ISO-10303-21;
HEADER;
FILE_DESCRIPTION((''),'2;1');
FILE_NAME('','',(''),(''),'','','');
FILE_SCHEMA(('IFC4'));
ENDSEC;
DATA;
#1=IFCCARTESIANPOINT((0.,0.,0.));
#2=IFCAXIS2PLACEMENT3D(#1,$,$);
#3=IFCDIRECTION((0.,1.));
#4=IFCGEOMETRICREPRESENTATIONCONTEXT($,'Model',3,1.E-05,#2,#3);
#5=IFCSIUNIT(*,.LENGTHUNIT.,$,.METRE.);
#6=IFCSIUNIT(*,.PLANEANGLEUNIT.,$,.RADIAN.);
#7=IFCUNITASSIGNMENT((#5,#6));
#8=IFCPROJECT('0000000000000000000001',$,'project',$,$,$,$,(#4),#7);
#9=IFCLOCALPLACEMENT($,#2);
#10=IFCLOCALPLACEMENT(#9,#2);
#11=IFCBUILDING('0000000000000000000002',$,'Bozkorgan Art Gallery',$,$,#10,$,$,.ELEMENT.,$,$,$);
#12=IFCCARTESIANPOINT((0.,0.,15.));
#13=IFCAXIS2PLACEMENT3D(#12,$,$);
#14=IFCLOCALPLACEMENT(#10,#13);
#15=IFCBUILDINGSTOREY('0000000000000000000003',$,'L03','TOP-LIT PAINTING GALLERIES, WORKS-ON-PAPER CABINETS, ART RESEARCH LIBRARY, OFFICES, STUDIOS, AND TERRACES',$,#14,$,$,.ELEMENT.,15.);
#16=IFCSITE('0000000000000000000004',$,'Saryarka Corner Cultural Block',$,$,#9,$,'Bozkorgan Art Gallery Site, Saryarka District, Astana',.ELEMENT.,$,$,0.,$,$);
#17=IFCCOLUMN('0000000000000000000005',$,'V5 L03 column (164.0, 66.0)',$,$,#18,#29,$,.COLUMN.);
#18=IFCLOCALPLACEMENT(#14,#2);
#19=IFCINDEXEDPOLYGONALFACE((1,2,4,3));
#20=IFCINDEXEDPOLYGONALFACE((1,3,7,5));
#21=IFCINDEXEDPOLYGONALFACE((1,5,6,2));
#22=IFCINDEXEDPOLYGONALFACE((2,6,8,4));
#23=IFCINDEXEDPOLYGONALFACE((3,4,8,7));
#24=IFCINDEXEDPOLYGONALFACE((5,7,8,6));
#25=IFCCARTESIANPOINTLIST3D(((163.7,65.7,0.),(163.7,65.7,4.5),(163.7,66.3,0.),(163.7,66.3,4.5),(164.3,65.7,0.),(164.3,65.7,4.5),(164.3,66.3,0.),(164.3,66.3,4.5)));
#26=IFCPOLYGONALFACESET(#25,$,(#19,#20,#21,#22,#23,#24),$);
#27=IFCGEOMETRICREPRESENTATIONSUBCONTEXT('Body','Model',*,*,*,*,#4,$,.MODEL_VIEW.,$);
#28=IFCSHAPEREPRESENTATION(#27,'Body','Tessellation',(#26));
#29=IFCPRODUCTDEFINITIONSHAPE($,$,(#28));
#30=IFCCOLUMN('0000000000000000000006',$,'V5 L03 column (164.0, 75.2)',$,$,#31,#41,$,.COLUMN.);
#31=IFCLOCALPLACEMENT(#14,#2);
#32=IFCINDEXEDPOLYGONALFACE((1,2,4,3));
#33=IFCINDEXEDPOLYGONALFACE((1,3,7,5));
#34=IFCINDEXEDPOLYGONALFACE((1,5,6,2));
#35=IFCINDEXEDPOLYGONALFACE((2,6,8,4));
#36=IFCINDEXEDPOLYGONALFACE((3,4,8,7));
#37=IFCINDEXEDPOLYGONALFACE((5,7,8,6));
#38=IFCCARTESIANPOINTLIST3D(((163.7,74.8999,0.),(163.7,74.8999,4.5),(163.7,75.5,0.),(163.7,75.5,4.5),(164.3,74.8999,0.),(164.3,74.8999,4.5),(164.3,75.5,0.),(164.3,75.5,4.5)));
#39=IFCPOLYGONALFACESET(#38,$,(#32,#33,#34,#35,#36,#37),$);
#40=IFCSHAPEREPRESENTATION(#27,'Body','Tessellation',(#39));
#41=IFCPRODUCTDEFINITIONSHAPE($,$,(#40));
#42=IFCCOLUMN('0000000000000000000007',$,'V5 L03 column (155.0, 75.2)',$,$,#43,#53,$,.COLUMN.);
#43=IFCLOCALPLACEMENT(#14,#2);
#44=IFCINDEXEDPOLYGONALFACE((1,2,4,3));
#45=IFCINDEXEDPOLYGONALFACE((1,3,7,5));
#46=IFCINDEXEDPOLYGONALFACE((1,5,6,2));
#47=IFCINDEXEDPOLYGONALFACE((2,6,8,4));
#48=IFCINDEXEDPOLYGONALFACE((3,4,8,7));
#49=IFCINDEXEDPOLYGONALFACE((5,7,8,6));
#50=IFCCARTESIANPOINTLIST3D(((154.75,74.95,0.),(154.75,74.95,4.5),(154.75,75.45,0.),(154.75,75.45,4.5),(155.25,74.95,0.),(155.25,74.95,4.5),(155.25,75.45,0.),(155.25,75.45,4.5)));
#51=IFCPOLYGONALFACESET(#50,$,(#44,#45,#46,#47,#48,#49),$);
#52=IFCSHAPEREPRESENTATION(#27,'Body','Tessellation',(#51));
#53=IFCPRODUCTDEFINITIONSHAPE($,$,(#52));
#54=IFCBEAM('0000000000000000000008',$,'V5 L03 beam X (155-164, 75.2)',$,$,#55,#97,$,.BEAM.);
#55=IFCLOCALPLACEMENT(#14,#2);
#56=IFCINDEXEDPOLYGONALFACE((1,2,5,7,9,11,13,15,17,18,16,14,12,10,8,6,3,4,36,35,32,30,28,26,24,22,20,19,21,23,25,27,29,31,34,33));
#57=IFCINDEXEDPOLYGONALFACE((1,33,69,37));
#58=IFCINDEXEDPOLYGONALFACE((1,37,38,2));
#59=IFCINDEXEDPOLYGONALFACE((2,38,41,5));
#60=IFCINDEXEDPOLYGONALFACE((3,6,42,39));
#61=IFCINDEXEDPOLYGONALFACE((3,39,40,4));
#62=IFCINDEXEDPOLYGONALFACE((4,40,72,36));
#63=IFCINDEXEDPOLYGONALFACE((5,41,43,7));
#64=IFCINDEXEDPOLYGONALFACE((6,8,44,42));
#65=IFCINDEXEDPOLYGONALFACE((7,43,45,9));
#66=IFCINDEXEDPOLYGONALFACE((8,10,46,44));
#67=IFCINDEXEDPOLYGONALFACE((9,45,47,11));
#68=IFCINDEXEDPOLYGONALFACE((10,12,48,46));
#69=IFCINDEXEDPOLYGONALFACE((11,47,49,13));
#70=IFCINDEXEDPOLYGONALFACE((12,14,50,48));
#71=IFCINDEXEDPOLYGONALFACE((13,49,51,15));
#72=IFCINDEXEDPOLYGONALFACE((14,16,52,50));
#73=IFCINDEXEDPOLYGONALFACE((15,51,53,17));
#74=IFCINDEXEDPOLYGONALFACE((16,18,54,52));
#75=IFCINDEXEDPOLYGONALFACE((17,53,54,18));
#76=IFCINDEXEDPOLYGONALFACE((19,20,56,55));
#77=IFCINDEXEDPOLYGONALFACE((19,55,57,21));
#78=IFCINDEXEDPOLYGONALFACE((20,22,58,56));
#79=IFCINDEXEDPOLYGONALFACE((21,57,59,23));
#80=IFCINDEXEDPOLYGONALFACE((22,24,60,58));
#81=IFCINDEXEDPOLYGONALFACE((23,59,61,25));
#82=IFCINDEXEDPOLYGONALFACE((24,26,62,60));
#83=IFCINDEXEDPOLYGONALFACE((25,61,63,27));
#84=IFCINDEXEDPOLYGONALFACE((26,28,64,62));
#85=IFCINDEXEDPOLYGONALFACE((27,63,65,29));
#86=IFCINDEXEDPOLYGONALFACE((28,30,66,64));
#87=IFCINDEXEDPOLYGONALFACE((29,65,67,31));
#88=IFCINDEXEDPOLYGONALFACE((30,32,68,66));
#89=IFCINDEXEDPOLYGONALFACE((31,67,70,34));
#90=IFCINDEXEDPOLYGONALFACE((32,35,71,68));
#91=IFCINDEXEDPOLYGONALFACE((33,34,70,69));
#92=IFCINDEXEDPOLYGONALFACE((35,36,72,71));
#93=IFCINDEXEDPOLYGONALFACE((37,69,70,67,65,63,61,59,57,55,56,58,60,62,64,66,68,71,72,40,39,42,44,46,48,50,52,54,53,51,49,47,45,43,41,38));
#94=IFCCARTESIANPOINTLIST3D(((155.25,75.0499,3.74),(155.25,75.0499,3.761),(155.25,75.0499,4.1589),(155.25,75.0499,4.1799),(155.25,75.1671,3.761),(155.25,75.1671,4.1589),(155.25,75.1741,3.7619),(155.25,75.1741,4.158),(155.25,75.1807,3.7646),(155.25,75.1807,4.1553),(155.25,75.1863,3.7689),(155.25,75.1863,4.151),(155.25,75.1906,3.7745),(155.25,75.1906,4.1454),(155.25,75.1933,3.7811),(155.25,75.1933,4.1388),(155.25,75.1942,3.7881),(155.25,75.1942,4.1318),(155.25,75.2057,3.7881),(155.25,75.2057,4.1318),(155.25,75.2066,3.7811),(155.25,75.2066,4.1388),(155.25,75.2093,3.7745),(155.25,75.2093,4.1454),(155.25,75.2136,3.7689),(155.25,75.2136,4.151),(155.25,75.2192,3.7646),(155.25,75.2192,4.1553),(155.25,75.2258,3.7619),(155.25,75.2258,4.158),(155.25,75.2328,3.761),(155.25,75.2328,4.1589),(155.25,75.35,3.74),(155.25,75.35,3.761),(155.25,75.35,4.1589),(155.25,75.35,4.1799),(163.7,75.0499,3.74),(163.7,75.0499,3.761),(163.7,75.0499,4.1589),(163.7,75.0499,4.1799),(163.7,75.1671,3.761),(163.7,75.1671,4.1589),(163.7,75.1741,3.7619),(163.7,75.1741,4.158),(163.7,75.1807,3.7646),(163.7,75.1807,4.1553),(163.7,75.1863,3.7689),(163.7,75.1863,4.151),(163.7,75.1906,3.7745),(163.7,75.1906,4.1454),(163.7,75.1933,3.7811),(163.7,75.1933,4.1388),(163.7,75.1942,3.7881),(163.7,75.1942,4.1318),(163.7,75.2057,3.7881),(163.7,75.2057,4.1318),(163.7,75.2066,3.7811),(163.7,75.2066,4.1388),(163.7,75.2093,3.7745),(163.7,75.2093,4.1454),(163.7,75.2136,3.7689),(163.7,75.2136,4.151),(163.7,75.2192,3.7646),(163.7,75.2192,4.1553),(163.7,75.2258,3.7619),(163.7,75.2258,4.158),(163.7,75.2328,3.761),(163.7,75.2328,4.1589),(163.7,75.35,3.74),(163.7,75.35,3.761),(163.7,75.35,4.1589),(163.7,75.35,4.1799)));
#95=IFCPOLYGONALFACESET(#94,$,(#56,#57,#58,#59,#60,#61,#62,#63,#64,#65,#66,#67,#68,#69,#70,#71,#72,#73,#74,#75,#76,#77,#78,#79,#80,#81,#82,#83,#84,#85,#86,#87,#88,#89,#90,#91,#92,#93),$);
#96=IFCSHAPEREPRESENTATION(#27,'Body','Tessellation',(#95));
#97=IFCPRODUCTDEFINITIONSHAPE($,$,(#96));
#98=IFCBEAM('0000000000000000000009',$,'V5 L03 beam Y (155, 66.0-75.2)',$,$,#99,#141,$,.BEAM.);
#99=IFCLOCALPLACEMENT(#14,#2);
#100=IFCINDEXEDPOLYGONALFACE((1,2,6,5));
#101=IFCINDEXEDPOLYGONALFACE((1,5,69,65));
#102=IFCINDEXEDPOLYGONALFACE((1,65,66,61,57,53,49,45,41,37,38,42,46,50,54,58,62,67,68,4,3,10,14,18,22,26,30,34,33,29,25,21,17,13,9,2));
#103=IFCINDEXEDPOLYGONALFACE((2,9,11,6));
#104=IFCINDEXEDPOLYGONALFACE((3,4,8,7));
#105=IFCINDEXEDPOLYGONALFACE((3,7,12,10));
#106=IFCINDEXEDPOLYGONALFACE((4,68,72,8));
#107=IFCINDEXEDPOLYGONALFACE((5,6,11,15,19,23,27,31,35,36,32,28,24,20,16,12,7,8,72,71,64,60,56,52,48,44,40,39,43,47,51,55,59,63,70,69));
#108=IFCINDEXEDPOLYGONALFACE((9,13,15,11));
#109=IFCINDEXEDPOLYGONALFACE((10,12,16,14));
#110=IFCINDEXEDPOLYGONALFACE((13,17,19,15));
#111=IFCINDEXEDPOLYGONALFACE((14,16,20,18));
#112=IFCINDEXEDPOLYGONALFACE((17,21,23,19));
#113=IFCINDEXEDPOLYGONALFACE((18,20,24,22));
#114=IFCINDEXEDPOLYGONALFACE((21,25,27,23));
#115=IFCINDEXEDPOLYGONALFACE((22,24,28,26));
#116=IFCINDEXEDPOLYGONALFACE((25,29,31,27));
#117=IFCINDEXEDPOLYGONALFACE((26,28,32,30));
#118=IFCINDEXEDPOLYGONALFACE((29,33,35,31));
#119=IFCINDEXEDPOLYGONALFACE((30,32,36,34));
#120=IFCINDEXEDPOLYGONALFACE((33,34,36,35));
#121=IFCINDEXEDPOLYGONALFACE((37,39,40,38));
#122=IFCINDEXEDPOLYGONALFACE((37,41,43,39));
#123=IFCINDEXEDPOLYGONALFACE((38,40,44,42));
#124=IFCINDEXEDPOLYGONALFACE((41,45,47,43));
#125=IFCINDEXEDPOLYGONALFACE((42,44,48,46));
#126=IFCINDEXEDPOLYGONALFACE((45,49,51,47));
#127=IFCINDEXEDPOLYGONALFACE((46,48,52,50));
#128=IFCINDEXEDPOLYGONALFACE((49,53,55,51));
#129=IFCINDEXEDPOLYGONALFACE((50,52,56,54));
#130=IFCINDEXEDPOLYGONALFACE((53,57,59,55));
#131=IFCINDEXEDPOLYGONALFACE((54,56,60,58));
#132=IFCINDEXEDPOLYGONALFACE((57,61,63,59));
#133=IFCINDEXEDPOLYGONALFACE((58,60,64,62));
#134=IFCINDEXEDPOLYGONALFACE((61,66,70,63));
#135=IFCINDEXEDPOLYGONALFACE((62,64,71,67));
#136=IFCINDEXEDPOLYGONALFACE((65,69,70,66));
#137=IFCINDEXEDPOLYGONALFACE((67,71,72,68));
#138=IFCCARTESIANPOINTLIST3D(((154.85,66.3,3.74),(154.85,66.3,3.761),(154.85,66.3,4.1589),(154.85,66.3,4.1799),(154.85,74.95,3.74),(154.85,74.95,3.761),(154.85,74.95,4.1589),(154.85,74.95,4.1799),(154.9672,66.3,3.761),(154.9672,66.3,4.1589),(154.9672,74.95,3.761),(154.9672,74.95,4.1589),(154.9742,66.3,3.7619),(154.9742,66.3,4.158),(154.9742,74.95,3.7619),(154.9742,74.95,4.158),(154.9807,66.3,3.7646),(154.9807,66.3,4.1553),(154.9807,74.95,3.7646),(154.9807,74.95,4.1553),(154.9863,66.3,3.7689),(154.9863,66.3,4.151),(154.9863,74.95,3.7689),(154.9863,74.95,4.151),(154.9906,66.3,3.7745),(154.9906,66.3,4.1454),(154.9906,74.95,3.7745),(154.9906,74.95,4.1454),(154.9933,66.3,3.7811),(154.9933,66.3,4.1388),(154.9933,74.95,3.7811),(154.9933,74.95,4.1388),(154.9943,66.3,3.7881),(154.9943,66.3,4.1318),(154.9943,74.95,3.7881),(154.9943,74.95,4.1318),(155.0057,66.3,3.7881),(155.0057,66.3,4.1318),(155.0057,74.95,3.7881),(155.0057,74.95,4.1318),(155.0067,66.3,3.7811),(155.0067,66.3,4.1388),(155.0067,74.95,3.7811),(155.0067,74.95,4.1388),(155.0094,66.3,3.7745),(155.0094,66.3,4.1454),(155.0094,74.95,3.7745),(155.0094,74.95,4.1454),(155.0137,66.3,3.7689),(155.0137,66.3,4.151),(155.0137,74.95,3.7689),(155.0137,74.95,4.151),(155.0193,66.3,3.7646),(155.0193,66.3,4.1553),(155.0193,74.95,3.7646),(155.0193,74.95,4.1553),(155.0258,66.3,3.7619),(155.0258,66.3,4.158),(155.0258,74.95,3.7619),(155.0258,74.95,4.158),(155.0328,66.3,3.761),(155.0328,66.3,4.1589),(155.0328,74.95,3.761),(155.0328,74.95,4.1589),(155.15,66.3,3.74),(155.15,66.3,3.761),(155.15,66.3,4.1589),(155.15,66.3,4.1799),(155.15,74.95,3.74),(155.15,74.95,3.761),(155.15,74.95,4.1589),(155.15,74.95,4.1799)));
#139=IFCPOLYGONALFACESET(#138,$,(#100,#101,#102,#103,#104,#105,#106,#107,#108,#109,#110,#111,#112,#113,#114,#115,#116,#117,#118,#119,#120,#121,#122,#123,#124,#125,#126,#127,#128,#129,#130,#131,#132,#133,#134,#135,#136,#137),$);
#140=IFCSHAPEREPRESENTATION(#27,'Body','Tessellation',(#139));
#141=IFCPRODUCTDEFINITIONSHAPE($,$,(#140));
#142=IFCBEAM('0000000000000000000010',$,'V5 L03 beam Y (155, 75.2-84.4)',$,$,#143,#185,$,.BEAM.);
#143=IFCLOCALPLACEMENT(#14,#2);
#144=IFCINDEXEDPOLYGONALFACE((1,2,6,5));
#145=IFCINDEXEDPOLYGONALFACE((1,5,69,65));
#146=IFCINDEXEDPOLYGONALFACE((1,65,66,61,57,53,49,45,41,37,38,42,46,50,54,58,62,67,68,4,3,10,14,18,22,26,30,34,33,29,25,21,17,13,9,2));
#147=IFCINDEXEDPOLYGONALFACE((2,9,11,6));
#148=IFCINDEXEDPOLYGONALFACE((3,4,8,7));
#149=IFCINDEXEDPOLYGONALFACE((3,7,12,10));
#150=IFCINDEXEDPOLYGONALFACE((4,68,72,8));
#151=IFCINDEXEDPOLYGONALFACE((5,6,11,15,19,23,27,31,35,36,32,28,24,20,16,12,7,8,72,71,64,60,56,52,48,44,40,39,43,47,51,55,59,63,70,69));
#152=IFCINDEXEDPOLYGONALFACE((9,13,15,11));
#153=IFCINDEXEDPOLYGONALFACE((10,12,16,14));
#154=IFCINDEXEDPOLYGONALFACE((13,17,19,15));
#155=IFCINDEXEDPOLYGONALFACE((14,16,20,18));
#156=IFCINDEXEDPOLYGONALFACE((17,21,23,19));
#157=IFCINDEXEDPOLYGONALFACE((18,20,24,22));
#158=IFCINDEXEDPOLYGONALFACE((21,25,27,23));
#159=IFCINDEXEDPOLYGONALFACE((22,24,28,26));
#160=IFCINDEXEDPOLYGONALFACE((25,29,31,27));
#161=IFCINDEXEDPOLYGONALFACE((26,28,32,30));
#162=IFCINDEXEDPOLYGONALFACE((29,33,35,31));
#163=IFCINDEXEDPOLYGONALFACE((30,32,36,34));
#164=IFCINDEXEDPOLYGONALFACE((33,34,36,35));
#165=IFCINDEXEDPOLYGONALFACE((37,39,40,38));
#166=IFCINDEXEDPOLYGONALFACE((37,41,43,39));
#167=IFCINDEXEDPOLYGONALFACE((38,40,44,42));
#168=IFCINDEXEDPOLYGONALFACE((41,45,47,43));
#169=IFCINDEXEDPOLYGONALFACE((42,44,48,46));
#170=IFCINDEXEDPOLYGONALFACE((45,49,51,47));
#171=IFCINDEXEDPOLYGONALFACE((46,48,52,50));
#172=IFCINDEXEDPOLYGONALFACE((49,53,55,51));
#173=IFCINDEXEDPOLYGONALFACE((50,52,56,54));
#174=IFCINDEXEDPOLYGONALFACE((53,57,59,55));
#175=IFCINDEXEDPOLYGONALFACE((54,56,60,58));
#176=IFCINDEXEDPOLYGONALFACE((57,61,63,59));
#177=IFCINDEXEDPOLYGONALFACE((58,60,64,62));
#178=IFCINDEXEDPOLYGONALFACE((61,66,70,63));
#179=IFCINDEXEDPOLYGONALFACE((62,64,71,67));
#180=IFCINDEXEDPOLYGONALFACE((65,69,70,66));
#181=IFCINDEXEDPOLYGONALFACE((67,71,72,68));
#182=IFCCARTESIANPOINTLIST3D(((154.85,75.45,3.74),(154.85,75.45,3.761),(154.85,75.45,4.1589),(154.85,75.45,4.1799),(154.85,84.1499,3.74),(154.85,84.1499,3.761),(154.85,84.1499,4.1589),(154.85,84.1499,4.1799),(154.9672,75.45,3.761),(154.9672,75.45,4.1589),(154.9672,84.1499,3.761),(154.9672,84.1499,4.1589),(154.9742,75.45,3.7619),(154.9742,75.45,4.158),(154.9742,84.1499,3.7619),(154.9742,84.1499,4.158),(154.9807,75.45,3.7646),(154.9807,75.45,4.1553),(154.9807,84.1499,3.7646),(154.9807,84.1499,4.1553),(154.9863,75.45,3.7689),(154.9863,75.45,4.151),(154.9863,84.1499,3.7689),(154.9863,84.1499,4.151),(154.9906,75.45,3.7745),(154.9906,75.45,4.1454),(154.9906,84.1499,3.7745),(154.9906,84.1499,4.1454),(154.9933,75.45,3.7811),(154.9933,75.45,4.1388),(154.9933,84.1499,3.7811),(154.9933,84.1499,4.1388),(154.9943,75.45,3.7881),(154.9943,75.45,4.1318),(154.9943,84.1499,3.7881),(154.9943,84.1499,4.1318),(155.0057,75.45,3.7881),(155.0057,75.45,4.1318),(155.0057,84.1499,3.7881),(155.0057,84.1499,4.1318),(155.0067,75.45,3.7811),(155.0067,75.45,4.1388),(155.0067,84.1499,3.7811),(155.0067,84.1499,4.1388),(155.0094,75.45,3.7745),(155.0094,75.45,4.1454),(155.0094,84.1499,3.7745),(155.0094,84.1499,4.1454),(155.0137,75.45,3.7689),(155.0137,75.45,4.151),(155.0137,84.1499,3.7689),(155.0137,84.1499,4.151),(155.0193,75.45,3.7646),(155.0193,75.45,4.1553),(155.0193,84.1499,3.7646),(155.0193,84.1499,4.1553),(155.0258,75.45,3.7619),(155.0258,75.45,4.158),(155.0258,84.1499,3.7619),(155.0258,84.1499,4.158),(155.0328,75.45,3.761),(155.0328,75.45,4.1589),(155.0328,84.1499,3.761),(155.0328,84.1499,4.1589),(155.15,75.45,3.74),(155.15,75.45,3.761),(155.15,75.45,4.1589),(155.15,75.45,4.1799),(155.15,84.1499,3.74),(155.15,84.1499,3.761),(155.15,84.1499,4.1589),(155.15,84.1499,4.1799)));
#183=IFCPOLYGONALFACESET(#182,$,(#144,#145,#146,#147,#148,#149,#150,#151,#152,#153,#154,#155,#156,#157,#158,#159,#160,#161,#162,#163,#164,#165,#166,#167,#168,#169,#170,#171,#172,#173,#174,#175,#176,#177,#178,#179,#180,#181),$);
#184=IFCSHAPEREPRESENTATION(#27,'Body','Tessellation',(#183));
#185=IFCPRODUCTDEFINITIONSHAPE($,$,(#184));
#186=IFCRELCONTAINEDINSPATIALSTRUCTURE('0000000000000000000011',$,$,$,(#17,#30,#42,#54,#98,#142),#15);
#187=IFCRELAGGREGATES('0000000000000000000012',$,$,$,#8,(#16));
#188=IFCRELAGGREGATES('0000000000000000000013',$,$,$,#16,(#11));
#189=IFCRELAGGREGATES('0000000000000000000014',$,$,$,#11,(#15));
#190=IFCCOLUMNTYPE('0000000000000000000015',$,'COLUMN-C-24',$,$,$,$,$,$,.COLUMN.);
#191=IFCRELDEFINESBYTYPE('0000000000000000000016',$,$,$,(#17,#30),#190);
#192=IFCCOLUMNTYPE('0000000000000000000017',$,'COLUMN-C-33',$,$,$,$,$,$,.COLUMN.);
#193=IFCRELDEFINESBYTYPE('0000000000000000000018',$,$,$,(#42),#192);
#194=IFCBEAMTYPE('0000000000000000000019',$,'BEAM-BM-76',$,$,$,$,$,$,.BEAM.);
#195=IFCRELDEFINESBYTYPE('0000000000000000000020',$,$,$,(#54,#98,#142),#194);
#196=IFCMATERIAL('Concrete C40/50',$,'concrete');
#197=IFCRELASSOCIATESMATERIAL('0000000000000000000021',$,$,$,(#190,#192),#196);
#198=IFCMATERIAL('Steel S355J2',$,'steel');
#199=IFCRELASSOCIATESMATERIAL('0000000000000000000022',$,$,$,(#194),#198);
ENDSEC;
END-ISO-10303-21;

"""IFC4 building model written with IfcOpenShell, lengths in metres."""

from ifc_helpers import new_model, si_unit, direction, frame, origin, origin_2d, place, context, subcontext, project, spatial, rectangle, i_section, extrude, material, material_profile, profile_set, type_object, element, save


model = new_model("IFC4")

# Units and contexts
model_context = context("Model", 3, precision=1e-05, world=origin(), true_north=direction((0.0, 1.0)))
body_context = subcontext(model_context, "Body", "Model", "MODEL_VIEW")
ifc_project = project(units=[si_unit("LENGTHUNIT", "METRE"), si_unit("PLANEANGLEUNIT", "RADIAN")], contexts=[model_context])

# Site, building, storey
site_placement = place(None, origin())
site = spatial("IfcSite", under=ifc_project, at=site_placement, Name="Saryarka Corner Cultural Block", LongName="Bozkorgan Art Gallery Site, Saryarka District, Astana", CompositionType="ELEMENT", RefElevation=0.0)
building_placement = place(site_placement, origin())
building = spatial("IfcBuilding", under=site, at=building_placement, Name="Bozkorgan Art Gallery", CompositionType="ELEMENT")
storey_placement = place(building_placement, frame((0.0, 0.0, 15.0)))
storey = spatial("IfcBuildingStorey", under=building, at=storey_placement, Name="L03", Description="TOP-LIT PAINTING GALLERIES, WORKS-ON-PAPER CABINETS, ART RESEARCH LIBRARY, OFFICES, STUDIOS, AND TERRACES", CompositionType="ELEMENT", Elevation=15.0)

# Columns
ifc_material_1 = material(Name="Concrete C40/50", Category="concrete")
ifc_material_profile_1 = material_profile(ifc_material_1, rectangle(XDim=0.6001, YDim=0.6001, at=origin_2d()), Name="RC 600x600")
ifc_profile_set_1 = profile_set([ifc_material_profile_1], Name="Concrete C40/50")
column_type_1 = type_object("IfcColumnType", Name="COLUMN-C-24", PredefinedType="COLUMN", material=ifc_profile_set_1)
for number, where, z_axis, x_axis, name in (
    (1, (164.0, 66.0, 0.0), (0.0, 0.0, 1.0), (1.0, 0.0, 0.0), "V5 L03 column (164.0, 66.0)"),
    (2, (164.0, 75.2, 0.0), (0.0, 0.0, 1.0), (1.0, 0.0, 0.0), "V5 L03 column (164.0, 75.2)"),
):
    element("IfcColumn", number, at=place(storey_placement, frame(where, z_axis=z_axis, x_axis=x_axis)), inside=storey, type_object=column_type_1, Name=name, PredefinedType="COLUMN", context=body_context, shape_type="SweptSolid", body=[
        extrude(rectangle(XDim=0.6001, YDim=0.6001, at=origin_2d()), origin(), (0.0, 0.0, 1.0), 4.5),
    ])
ifc_material_profile_2 = material_profile(ifc_material_1, rectangle(XDim=0.5, YDim=0.5, at=origin_2d()), Name="RC 500x500")
ifc_profile_set_2 = profile_set([ifc_material_profile_2], Name="Concrete C40/50")
column_type_2 = type_object("IfcColumnType", Name="COLUMN-C-33", PredefinedType="COLUMN", material=ifc_profile_set_2)
column_placement = place(storey_placement, frame((155.0, 75.2, 0.0), z_axis=(0.0, 0.0, 1.0), x_axis=(1.0, 0.0, 0.0)))
element("IfcColumn", 3, at=column_placement, inside=storey, type_object=column_type_2, Name="V5 L03 column (155.0, 75.2)", PredefinedType="COLUMN", context=body_context, shape_type="SweptSolid", body=[
    extrude(rectangle(XDim=0.5, YDim=0.5, at=origin_2d()), origin(), (0.0, 0.0, 1.0), 4.5),
])

# Beams
ifc_material_2 = material(Name="Steel S355J2", Category="steel")
ifc_material_profile_3 = material_profile(ifc_material_2, i_section(OverallWidth=0.3, OverallDepth=0.4399, WebThickness=0.0115, FlangeThickness=0.021, FilletRadius=0.0271, at=origin_2d()), Name="HEA 450")
ifc_profile_set_3 = profile_set([ifc_material_profile_3], Name="Steel S355J2")
beam_type_1 = type_object("IfcBeamType", Name="BEAM-BM-76", PredefinedType="BEAM", material=ifc_profile_set_3)
beam_1_placement = place(storey_placement, frame((155.25, 75.2, 3.96), z_axis=(1.0, 0.0, 0.0), x_axis=(0.0, 1.0, 0.0)))
element("IfcBeam", 4, at=beam_1_placement, inside=storey, type_object=beam_type_1, Name="V5 L03 beam X (155-164, 75.2)", PredefinedType="BEAM", context=body_context, shape_type="SweptSolid", body=[
    extrude(i_section(OverallWidth=0.3, OverallDepth=0.4399, WebThickness=0.0115, FlangeThickness=0.021, FilletRadius=0.0271, at=origin_2d()), origin(), (0.0, 0.0, 1.0), 8.45),
])
beam_2_placement = place(storey_placement, frame((155.0, 66.3, 3.96), z_axis=(0.0, 1.0, 0.0), x_axis=(-1.0, 0.0, 0.0)))
element("IfcBeam", 5, at=beam_2_placement, inside=storey, type_object=beam_type_1, Name="V5 L03 beam Y (155, 66.0-75.2)", PredefinedType="BEAM", context=body_context, shape_type="SweptSolid", body=[
    extrude(i_section(OverallWidth=0.3, OverallDepth=0.4399, WebThickness=0.0115, FlangeThickness=0.021, FilletRadius=0.0271, at=origin_2d()), origin(), (0.0, 0.0, 1.0), 8.6499),
])
beam_3_placement = place(storey_placement, frame((155.0, 75.45, 3.96), z_axis=(0.0, 1.0, 0.0), x_axis=(-1.0, 0.0, 0.0)))
element("IfcBeam", 6, at=beam_3_placement, inside=storey, type_object=beam_type_1, Name="V5 L03 beam Y (155, 75.2-84.4)", PredefinedType="BEAM", context=body_context, shape_type="SweptSolid", body=[
    extrude(i_section(OverallWidth=0.3, OverallDepth=0.4399, WebThickness=0.0115, FlangeThickness=0.021, FilletRadius=0.0271, at=origin_2d()), origin(), (0.0, 0.0, 1.0), 8.7),
])

save(model, "model.ifc")
